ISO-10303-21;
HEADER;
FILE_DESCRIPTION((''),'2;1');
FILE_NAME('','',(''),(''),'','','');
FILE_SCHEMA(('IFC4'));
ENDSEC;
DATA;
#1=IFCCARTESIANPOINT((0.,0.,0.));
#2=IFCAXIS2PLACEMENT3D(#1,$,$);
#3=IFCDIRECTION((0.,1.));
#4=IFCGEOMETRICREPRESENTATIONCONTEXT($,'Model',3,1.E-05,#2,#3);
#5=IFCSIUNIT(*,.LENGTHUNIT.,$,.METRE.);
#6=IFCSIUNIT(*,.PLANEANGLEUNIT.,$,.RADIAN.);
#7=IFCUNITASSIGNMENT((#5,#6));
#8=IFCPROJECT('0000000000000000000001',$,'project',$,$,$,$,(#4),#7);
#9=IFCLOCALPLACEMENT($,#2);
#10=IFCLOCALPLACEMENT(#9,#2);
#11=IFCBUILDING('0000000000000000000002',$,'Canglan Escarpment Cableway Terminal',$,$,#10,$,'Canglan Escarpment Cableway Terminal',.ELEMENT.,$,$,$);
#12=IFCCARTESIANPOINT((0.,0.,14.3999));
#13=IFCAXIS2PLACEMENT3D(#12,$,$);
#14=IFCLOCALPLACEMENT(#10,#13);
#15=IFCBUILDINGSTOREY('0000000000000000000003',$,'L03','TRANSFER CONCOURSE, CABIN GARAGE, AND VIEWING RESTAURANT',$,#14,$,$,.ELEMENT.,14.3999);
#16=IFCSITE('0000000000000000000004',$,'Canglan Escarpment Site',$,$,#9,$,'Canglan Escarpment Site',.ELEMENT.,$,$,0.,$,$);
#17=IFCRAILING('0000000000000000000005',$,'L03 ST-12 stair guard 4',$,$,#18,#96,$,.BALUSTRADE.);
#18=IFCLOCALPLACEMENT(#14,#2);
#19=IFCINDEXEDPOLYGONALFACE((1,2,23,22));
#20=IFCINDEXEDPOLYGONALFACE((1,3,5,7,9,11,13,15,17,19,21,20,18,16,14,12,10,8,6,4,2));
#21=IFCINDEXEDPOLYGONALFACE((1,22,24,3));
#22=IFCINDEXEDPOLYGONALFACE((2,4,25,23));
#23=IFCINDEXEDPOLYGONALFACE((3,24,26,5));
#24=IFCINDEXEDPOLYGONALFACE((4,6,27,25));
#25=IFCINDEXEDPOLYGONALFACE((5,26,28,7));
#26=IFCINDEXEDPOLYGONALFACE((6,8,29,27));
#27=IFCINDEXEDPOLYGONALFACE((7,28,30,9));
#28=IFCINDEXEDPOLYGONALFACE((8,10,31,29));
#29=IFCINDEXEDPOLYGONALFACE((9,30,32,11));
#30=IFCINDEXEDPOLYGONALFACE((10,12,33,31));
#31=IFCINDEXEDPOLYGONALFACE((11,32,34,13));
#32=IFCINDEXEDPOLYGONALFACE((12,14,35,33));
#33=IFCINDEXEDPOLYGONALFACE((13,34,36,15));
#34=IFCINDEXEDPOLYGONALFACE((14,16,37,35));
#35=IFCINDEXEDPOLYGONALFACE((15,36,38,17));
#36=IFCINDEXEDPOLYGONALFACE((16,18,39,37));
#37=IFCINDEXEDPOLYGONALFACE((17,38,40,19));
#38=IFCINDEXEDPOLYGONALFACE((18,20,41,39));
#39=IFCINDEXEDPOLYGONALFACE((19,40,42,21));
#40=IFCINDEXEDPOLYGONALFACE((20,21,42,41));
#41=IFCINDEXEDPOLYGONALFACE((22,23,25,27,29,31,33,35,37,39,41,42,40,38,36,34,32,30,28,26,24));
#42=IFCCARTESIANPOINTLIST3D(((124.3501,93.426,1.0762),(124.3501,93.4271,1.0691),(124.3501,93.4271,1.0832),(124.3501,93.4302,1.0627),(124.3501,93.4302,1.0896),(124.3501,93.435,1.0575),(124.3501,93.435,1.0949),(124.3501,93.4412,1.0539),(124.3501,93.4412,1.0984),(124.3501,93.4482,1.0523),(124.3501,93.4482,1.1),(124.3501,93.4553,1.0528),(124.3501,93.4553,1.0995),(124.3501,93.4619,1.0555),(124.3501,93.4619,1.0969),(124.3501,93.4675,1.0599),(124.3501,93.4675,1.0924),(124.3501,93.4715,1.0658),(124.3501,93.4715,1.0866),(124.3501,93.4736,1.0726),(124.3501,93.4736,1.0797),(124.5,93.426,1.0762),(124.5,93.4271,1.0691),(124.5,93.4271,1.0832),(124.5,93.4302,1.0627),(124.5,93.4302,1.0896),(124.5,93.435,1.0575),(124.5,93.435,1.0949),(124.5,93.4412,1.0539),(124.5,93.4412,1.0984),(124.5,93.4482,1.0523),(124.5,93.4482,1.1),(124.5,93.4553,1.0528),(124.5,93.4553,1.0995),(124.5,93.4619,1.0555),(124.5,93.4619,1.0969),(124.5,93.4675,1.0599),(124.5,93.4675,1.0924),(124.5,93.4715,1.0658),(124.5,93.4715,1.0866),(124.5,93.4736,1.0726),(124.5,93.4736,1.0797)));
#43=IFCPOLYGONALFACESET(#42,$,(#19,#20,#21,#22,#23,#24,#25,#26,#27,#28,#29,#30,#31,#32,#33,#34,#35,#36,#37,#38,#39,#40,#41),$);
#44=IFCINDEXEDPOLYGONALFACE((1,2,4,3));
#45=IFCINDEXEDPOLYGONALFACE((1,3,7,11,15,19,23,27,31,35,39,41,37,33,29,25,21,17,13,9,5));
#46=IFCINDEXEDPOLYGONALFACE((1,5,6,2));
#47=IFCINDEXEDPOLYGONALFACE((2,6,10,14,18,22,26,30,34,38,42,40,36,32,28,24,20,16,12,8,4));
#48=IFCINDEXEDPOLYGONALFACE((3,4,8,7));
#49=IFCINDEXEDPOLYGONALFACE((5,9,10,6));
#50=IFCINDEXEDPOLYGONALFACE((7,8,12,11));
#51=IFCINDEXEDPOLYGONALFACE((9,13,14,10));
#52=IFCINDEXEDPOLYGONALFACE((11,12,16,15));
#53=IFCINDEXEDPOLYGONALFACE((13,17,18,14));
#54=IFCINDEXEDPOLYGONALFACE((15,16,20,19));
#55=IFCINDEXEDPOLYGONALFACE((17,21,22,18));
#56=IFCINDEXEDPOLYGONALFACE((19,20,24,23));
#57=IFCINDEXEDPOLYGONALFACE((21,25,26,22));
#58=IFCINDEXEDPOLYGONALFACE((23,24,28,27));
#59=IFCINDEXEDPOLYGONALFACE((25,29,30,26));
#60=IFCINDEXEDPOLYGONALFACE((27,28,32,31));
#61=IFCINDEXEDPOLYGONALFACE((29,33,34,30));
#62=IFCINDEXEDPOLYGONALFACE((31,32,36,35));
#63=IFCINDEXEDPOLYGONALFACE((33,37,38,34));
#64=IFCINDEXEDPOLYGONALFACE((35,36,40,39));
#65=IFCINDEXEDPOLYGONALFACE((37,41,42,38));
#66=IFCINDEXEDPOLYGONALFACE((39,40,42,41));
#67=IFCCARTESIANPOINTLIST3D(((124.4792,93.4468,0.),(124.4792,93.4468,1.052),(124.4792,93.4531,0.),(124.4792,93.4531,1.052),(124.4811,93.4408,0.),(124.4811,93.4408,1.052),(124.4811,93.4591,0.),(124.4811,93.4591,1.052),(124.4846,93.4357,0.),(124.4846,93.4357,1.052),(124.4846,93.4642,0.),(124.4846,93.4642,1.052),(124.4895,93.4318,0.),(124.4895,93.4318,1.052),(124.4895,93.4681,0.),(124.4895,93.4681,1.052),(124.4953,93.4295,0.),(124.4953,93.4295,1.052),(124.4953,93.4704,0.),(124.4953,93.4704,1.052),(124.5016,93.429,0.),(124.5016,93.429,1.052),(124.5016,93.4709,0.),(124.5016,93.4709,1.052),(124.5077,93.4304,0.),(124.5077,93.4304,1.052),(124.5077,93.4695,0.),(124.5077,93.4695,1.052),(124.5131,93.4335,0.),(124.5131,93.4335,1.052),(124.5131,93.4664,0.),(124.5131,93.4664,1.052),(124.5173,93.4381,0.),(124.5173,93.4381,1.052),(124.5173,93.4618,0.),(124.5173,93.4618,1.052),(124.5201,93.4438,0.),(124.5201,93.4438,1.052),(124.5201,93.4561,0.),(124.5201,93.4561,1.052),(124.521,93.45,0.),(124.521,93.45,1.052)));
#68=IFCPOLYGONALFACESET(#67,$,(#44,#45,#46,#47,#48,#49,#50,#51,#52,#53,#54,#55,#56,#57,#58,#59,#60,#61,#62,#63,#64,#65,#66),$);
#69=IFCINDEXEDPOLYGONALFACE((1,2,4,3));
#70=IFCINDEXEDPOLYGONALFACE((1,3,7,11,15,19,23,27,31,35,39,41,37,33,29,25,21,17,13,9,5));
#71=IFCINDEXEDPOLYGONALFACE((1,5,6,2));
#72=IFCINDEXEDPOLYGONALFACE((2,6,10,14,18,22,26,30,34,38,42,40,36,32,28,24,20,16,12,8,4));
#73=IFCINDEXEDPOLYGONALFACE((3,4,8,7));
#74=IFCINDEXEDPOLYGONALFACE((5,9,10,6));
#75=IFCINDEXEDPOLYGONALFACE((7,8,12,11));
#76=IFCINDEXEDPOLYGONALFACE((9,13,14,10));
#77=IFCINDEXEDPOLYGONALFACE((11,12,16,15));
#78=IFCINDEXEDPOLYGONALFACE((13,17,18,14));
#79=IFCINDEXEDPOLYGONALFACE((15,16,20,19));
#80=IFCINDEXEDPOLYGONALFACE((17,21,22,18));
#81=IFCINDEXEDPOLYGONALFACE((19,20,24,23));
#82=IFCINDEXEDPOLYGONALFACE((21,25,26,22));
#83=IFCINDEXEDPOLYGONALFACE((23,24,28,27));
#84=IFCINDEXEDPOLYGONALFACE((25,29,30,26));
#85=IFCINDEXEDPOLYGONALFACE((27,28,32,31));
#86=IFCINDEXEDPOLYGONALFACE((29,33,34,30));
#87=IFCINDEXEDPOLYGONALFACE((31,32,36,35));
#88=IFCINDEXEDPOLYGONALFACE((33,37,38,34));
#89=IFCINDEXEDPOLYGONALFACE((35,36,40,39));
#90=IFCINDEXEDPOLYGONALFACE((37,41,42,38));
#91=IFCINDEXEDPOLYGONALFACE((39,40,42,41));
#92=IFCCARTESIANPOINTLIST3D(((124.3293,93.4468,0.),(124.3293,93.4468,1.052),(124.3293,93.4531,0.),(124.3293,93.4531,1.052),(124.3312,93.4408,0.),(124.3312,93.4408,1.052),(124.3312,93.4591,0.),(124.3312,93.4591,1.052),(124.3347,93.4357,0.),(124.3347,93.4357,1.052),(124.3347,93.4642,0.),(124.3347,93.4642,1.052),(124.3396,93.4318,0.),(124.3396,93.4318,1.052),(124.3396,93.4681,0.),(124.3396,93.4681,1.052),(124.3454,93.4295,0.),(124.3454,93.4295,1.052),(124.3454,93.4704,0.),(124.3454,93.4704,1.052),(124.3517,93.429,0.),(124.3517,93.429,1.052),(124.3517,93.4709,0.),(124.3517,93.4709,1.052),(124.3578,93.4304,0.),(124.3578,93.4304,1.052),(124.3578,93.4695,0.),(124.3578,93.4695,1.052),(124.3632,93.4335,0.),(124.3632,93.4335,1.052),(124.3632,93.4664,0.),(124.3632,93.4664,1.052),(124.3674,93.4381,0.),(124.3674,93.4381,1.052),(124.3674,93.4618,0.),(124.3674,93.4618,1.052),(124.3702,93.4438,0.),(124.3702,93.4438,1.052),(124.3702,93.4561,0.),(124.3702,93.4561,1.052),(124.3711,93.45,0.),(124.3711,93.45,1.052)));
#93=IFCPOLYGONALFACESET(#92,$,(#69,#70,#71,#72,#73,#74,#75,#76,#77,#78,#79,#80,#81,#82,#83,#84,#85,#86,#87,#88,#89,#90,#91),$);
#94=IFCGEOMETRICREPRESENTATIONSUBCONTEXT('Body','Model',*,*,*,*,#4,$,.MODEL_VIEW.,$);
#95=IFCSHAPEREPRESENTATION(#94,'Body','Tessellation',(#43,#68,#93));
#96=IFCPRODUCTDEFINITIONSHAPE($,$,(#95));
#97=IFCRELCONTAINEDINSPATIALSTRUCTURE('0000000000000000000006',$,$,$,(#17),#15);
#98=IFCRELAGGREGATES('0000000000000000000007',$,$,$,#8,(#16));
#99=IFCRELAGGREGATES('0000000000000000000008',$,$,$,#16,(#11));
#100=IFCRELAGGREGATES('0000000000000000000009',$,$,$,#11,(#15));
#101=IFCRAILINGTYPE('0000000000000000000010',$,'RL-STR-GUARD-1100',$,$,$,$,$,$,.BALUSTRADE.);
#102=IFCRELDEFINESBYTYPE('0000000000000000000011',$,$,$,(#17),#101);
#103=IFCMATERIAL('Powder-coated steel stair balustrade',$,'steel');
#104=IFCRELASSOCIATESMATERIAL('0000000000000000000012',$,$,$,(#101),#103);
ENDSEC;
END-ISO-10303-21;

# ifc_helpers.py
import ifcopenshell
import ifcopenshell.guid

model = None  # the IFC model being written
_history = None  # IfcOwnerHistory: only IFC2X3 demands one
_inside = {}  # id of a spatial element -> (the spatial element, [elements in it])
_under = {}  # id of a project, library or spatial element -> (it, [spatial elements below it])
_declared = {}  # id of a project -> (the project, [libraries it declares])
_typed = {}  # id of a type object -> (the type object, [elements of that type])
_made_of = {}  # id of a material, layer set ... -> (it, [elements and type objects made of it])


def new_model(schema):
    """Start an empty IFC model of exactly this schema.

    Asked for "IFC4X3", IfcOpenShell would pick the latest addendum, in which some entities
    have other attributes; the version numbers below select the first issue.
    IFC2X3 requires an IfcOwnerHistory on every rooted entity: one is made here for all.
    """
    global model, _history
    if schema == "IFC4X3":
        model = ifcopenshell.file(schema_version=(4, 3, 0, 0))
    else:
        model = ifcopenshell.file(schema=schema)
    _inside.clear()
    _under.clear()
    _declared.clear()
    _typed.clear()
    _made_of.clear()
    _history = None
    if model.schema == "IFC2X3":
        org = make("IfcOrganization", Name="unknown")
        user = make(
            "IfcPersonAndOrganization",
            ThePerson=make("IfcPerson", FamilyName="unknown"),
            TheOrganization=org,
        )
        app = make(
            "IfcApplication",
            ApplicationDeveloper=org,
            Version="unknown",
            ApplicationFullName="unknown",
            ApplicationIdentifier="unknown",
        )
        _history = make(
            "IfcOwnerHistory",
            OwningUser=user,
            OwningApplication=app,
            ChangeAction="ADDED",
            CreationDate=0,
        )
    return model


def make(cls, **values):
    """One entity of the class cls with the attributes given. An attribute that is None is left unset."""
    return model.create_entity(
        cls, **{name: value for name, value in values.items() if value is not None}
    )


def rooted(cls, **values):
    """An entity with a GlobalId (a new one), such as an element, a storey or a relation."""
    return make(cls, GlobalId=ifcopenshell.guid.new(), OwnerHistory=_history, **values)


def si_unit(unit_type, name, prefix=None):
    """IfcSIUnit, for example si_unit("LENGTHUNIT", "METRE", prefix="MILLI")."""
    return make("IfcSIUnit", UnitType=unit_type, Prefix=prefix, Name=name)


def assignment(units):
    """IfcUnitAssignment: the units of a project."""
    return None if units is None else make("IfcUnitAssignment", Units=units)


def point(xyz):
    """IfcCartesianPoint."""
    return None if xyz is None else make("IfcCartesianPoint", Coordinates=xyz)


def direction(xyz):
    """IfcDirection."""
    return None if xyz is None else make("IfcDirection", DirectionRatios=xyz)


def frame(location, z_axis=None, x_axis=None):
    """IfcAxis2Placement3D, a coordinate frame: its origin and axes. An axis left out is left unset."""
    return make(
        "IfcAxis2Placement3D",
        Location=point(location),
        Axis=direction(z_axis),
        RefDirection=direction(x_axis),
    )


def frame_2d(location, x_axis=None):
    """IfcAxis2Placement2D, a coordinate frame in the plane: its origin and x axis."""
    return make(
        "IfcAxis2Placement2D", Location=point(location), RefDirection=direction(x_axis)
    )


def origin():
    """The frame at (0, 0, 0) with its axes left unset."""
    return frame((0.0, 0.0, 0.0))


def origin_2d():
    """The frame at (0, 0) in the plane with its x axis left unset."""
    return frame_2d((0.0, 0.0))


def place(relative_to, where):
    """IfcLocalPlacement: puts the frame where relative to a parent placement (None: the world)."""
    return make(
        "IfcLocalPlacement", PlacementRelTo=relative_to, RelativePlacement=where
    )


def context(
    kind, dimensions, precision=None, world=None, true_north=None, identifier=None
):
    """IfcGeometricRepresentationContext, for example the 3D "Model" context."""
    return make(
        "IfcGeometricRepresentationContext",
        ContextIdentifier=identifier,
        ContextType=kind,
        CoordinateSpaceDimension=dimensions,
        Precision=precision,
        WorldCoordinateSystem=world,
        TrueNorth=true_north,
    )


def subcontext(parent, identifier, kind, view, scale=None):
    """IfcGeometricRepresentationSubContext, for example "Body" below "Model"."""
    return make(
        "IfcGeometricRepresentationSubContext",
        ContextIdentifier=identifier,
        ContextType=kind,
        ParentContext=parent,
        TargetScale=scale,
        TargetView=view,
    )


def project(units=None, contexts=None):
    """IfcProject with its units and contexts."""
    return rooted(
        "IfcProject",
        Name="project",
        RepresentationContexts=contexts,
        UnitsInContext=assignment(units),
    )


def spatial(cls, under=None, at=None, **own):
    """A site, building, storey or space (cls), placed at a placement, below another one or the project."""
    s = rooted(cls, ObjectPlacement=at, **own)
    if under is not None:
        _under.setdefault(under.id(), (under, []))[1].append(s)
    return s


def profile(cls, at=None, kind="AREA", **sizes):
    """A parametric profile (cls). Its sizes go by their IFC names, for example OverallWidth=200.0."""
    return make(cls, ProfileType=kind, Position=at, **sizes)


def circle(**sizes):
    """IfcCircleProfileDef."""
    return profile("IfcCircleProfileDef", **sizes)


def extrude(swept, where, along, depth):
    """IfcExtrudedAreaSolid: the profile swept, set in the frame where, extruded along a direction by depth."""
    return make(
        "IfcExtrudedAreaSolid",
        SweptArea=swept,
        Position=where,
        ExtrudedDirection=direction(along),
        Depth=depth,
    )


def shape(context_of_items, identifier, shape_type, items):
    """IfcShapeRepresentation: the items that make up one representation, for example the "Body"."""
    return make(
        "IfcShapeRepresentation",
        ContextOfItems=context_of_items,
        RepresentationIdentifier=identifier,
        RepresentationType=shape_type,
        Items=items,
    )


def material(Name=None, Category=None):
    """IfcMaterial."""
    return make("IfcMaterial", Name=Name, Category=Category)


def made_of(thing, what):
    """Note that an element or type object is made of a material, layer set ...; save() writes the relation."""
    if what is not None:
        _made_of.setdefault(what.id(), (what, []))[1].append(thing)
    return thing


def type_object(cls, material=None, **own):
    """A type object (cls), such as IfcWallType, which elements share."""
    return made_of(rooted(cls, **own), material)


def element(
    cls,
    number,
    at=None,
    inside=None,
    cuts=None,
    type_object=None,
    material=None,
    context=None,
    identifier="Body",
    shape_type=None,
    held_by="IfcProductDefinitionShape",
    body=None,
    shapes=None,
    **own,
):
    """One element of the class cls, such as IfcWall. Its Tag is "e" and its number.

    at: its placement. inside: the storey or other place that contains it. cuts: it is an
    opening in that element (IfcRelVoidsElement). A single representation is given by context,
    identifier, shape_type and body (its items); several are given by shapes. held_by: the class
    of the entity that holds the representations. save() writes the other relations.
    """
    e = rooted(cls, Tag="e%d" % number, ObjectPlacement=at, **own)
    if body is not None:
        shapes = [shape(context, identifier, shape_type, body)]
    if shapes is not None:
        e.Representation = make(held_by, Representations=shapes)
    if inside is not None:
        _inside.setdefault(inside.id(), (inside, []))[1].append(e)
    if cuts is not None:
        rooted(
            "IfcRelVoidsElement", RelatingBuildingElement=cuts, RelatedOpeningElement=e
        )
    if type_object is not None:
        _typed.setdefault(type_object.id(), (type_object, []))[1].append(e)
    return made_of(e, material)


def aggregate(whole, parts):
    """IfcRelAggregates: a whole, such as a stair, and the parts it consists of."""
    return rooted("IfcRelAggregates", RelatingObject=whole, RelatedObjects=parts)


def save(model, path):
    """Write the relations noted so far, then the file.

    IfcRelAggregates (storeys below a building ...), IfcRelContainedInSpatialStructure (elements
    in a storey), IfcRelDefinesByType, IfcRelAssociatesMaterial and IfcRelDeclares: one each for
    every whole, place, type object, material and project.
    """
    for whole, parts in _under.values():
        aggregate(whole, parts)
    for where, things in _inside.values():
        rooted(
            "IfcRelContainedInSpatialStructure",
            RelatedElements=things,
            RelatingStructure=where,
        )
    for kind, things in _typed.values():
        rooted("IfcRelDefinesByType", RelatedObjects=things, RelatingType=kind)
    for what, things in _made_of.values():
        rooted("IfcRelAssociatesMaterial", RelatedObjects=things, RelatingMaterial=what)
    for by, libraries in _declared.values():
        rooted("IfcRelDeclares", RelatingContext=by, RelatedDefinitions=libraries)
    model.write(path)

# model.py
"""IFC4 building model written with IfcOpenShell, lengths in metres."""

from ifc_helpers import new_model, si_unit, direction, frame, origin, origin_2d, place, context, subcontext, project, spatial, circle, extrude, material, type_object, element, save


model = new_model("IFC4")

# Units and contexts
model_context = context("Model", 3, precision=1e-05, world=origin(), true_north=direction((0.0, 1.0)))
body_context = subcontext(model_context, "Body", "Model", "MODEL_VIEW")
ifc_project = project(units=[si_unit("LENGTHUNIT", "METRE"), si_unit("PLANEANGLEUNIT", "RADIAN")], contexts=[model_context])

# Site, building, storey
site_placement = place(None, origin())
site = spatial("IfcSite", under=ifc_project, at=site_placement, Name="Canglan Escarpment Site", LongName="Canglan Escarpment Site", CompositionType="ELEMENT", RefElevation=0.0)
building_placement = place(site_placement, origin())
building = spatial("IfcBuilding", under=site, at=building_placement, Name="Canglan Escarpment Cableway Terminal", LongName="Canglan Escarpment Cableway Terminal", CompositionType="ELEMENT")
storey_placement = place(building_placement, frame((0.0, 0.0, 14.3999)))
storey = spatial("IfcBuildingStorey", under=building, at=storey_placement, Name="L03", Description="TRANSFER CONCOURSE, CABIN GARAGE, AND VIEWING RESTAURANT", CompositionType="ELEMENT", Elevation=14.3999)

# Railing
ifc_material_1 = material(Name="Powder-coated steel stair balustrade", Category="steel")
railing_type_1 = type_object("IfcRailingType", Name="RL-STR-GUARD-1100", PredefinedType="BALUSTRADE", material=ifc_material_1)
railing_1_placement = place(storey_placement, frame((124.5, 93.45, 0.0)))
element("IfcRailing", 1, at=railing_1_placement, inside=storey, type_object=railing_type_1, Name="L03 ST-12 stair guard 4", PredefinedType="BALUSTRADE", context=body_context, shape_type="SweptSolid", body=[
    extrude(circle(Radius=0.0239, at=origin_2d()), frame((0.0, 0.0, 1.0762), z_axis=(-1.0, 0.0, 0.0), x_axis=(0.0, -1.0, 0.0)), (0.0, 0.0, 1.0), 0.1499),
    extrude(circle(Radius=0.021, at=origin_2d()), origin(), (0.0, 0.0, 1.0), 1.052),
    extrude(circle(Radius=0.021, at=origin_2d()), frame((-0.1499, 0.0, 0.0)), (0.0, 0.0, 1.0), 1.052),
])

save(model, "model.ifc")
